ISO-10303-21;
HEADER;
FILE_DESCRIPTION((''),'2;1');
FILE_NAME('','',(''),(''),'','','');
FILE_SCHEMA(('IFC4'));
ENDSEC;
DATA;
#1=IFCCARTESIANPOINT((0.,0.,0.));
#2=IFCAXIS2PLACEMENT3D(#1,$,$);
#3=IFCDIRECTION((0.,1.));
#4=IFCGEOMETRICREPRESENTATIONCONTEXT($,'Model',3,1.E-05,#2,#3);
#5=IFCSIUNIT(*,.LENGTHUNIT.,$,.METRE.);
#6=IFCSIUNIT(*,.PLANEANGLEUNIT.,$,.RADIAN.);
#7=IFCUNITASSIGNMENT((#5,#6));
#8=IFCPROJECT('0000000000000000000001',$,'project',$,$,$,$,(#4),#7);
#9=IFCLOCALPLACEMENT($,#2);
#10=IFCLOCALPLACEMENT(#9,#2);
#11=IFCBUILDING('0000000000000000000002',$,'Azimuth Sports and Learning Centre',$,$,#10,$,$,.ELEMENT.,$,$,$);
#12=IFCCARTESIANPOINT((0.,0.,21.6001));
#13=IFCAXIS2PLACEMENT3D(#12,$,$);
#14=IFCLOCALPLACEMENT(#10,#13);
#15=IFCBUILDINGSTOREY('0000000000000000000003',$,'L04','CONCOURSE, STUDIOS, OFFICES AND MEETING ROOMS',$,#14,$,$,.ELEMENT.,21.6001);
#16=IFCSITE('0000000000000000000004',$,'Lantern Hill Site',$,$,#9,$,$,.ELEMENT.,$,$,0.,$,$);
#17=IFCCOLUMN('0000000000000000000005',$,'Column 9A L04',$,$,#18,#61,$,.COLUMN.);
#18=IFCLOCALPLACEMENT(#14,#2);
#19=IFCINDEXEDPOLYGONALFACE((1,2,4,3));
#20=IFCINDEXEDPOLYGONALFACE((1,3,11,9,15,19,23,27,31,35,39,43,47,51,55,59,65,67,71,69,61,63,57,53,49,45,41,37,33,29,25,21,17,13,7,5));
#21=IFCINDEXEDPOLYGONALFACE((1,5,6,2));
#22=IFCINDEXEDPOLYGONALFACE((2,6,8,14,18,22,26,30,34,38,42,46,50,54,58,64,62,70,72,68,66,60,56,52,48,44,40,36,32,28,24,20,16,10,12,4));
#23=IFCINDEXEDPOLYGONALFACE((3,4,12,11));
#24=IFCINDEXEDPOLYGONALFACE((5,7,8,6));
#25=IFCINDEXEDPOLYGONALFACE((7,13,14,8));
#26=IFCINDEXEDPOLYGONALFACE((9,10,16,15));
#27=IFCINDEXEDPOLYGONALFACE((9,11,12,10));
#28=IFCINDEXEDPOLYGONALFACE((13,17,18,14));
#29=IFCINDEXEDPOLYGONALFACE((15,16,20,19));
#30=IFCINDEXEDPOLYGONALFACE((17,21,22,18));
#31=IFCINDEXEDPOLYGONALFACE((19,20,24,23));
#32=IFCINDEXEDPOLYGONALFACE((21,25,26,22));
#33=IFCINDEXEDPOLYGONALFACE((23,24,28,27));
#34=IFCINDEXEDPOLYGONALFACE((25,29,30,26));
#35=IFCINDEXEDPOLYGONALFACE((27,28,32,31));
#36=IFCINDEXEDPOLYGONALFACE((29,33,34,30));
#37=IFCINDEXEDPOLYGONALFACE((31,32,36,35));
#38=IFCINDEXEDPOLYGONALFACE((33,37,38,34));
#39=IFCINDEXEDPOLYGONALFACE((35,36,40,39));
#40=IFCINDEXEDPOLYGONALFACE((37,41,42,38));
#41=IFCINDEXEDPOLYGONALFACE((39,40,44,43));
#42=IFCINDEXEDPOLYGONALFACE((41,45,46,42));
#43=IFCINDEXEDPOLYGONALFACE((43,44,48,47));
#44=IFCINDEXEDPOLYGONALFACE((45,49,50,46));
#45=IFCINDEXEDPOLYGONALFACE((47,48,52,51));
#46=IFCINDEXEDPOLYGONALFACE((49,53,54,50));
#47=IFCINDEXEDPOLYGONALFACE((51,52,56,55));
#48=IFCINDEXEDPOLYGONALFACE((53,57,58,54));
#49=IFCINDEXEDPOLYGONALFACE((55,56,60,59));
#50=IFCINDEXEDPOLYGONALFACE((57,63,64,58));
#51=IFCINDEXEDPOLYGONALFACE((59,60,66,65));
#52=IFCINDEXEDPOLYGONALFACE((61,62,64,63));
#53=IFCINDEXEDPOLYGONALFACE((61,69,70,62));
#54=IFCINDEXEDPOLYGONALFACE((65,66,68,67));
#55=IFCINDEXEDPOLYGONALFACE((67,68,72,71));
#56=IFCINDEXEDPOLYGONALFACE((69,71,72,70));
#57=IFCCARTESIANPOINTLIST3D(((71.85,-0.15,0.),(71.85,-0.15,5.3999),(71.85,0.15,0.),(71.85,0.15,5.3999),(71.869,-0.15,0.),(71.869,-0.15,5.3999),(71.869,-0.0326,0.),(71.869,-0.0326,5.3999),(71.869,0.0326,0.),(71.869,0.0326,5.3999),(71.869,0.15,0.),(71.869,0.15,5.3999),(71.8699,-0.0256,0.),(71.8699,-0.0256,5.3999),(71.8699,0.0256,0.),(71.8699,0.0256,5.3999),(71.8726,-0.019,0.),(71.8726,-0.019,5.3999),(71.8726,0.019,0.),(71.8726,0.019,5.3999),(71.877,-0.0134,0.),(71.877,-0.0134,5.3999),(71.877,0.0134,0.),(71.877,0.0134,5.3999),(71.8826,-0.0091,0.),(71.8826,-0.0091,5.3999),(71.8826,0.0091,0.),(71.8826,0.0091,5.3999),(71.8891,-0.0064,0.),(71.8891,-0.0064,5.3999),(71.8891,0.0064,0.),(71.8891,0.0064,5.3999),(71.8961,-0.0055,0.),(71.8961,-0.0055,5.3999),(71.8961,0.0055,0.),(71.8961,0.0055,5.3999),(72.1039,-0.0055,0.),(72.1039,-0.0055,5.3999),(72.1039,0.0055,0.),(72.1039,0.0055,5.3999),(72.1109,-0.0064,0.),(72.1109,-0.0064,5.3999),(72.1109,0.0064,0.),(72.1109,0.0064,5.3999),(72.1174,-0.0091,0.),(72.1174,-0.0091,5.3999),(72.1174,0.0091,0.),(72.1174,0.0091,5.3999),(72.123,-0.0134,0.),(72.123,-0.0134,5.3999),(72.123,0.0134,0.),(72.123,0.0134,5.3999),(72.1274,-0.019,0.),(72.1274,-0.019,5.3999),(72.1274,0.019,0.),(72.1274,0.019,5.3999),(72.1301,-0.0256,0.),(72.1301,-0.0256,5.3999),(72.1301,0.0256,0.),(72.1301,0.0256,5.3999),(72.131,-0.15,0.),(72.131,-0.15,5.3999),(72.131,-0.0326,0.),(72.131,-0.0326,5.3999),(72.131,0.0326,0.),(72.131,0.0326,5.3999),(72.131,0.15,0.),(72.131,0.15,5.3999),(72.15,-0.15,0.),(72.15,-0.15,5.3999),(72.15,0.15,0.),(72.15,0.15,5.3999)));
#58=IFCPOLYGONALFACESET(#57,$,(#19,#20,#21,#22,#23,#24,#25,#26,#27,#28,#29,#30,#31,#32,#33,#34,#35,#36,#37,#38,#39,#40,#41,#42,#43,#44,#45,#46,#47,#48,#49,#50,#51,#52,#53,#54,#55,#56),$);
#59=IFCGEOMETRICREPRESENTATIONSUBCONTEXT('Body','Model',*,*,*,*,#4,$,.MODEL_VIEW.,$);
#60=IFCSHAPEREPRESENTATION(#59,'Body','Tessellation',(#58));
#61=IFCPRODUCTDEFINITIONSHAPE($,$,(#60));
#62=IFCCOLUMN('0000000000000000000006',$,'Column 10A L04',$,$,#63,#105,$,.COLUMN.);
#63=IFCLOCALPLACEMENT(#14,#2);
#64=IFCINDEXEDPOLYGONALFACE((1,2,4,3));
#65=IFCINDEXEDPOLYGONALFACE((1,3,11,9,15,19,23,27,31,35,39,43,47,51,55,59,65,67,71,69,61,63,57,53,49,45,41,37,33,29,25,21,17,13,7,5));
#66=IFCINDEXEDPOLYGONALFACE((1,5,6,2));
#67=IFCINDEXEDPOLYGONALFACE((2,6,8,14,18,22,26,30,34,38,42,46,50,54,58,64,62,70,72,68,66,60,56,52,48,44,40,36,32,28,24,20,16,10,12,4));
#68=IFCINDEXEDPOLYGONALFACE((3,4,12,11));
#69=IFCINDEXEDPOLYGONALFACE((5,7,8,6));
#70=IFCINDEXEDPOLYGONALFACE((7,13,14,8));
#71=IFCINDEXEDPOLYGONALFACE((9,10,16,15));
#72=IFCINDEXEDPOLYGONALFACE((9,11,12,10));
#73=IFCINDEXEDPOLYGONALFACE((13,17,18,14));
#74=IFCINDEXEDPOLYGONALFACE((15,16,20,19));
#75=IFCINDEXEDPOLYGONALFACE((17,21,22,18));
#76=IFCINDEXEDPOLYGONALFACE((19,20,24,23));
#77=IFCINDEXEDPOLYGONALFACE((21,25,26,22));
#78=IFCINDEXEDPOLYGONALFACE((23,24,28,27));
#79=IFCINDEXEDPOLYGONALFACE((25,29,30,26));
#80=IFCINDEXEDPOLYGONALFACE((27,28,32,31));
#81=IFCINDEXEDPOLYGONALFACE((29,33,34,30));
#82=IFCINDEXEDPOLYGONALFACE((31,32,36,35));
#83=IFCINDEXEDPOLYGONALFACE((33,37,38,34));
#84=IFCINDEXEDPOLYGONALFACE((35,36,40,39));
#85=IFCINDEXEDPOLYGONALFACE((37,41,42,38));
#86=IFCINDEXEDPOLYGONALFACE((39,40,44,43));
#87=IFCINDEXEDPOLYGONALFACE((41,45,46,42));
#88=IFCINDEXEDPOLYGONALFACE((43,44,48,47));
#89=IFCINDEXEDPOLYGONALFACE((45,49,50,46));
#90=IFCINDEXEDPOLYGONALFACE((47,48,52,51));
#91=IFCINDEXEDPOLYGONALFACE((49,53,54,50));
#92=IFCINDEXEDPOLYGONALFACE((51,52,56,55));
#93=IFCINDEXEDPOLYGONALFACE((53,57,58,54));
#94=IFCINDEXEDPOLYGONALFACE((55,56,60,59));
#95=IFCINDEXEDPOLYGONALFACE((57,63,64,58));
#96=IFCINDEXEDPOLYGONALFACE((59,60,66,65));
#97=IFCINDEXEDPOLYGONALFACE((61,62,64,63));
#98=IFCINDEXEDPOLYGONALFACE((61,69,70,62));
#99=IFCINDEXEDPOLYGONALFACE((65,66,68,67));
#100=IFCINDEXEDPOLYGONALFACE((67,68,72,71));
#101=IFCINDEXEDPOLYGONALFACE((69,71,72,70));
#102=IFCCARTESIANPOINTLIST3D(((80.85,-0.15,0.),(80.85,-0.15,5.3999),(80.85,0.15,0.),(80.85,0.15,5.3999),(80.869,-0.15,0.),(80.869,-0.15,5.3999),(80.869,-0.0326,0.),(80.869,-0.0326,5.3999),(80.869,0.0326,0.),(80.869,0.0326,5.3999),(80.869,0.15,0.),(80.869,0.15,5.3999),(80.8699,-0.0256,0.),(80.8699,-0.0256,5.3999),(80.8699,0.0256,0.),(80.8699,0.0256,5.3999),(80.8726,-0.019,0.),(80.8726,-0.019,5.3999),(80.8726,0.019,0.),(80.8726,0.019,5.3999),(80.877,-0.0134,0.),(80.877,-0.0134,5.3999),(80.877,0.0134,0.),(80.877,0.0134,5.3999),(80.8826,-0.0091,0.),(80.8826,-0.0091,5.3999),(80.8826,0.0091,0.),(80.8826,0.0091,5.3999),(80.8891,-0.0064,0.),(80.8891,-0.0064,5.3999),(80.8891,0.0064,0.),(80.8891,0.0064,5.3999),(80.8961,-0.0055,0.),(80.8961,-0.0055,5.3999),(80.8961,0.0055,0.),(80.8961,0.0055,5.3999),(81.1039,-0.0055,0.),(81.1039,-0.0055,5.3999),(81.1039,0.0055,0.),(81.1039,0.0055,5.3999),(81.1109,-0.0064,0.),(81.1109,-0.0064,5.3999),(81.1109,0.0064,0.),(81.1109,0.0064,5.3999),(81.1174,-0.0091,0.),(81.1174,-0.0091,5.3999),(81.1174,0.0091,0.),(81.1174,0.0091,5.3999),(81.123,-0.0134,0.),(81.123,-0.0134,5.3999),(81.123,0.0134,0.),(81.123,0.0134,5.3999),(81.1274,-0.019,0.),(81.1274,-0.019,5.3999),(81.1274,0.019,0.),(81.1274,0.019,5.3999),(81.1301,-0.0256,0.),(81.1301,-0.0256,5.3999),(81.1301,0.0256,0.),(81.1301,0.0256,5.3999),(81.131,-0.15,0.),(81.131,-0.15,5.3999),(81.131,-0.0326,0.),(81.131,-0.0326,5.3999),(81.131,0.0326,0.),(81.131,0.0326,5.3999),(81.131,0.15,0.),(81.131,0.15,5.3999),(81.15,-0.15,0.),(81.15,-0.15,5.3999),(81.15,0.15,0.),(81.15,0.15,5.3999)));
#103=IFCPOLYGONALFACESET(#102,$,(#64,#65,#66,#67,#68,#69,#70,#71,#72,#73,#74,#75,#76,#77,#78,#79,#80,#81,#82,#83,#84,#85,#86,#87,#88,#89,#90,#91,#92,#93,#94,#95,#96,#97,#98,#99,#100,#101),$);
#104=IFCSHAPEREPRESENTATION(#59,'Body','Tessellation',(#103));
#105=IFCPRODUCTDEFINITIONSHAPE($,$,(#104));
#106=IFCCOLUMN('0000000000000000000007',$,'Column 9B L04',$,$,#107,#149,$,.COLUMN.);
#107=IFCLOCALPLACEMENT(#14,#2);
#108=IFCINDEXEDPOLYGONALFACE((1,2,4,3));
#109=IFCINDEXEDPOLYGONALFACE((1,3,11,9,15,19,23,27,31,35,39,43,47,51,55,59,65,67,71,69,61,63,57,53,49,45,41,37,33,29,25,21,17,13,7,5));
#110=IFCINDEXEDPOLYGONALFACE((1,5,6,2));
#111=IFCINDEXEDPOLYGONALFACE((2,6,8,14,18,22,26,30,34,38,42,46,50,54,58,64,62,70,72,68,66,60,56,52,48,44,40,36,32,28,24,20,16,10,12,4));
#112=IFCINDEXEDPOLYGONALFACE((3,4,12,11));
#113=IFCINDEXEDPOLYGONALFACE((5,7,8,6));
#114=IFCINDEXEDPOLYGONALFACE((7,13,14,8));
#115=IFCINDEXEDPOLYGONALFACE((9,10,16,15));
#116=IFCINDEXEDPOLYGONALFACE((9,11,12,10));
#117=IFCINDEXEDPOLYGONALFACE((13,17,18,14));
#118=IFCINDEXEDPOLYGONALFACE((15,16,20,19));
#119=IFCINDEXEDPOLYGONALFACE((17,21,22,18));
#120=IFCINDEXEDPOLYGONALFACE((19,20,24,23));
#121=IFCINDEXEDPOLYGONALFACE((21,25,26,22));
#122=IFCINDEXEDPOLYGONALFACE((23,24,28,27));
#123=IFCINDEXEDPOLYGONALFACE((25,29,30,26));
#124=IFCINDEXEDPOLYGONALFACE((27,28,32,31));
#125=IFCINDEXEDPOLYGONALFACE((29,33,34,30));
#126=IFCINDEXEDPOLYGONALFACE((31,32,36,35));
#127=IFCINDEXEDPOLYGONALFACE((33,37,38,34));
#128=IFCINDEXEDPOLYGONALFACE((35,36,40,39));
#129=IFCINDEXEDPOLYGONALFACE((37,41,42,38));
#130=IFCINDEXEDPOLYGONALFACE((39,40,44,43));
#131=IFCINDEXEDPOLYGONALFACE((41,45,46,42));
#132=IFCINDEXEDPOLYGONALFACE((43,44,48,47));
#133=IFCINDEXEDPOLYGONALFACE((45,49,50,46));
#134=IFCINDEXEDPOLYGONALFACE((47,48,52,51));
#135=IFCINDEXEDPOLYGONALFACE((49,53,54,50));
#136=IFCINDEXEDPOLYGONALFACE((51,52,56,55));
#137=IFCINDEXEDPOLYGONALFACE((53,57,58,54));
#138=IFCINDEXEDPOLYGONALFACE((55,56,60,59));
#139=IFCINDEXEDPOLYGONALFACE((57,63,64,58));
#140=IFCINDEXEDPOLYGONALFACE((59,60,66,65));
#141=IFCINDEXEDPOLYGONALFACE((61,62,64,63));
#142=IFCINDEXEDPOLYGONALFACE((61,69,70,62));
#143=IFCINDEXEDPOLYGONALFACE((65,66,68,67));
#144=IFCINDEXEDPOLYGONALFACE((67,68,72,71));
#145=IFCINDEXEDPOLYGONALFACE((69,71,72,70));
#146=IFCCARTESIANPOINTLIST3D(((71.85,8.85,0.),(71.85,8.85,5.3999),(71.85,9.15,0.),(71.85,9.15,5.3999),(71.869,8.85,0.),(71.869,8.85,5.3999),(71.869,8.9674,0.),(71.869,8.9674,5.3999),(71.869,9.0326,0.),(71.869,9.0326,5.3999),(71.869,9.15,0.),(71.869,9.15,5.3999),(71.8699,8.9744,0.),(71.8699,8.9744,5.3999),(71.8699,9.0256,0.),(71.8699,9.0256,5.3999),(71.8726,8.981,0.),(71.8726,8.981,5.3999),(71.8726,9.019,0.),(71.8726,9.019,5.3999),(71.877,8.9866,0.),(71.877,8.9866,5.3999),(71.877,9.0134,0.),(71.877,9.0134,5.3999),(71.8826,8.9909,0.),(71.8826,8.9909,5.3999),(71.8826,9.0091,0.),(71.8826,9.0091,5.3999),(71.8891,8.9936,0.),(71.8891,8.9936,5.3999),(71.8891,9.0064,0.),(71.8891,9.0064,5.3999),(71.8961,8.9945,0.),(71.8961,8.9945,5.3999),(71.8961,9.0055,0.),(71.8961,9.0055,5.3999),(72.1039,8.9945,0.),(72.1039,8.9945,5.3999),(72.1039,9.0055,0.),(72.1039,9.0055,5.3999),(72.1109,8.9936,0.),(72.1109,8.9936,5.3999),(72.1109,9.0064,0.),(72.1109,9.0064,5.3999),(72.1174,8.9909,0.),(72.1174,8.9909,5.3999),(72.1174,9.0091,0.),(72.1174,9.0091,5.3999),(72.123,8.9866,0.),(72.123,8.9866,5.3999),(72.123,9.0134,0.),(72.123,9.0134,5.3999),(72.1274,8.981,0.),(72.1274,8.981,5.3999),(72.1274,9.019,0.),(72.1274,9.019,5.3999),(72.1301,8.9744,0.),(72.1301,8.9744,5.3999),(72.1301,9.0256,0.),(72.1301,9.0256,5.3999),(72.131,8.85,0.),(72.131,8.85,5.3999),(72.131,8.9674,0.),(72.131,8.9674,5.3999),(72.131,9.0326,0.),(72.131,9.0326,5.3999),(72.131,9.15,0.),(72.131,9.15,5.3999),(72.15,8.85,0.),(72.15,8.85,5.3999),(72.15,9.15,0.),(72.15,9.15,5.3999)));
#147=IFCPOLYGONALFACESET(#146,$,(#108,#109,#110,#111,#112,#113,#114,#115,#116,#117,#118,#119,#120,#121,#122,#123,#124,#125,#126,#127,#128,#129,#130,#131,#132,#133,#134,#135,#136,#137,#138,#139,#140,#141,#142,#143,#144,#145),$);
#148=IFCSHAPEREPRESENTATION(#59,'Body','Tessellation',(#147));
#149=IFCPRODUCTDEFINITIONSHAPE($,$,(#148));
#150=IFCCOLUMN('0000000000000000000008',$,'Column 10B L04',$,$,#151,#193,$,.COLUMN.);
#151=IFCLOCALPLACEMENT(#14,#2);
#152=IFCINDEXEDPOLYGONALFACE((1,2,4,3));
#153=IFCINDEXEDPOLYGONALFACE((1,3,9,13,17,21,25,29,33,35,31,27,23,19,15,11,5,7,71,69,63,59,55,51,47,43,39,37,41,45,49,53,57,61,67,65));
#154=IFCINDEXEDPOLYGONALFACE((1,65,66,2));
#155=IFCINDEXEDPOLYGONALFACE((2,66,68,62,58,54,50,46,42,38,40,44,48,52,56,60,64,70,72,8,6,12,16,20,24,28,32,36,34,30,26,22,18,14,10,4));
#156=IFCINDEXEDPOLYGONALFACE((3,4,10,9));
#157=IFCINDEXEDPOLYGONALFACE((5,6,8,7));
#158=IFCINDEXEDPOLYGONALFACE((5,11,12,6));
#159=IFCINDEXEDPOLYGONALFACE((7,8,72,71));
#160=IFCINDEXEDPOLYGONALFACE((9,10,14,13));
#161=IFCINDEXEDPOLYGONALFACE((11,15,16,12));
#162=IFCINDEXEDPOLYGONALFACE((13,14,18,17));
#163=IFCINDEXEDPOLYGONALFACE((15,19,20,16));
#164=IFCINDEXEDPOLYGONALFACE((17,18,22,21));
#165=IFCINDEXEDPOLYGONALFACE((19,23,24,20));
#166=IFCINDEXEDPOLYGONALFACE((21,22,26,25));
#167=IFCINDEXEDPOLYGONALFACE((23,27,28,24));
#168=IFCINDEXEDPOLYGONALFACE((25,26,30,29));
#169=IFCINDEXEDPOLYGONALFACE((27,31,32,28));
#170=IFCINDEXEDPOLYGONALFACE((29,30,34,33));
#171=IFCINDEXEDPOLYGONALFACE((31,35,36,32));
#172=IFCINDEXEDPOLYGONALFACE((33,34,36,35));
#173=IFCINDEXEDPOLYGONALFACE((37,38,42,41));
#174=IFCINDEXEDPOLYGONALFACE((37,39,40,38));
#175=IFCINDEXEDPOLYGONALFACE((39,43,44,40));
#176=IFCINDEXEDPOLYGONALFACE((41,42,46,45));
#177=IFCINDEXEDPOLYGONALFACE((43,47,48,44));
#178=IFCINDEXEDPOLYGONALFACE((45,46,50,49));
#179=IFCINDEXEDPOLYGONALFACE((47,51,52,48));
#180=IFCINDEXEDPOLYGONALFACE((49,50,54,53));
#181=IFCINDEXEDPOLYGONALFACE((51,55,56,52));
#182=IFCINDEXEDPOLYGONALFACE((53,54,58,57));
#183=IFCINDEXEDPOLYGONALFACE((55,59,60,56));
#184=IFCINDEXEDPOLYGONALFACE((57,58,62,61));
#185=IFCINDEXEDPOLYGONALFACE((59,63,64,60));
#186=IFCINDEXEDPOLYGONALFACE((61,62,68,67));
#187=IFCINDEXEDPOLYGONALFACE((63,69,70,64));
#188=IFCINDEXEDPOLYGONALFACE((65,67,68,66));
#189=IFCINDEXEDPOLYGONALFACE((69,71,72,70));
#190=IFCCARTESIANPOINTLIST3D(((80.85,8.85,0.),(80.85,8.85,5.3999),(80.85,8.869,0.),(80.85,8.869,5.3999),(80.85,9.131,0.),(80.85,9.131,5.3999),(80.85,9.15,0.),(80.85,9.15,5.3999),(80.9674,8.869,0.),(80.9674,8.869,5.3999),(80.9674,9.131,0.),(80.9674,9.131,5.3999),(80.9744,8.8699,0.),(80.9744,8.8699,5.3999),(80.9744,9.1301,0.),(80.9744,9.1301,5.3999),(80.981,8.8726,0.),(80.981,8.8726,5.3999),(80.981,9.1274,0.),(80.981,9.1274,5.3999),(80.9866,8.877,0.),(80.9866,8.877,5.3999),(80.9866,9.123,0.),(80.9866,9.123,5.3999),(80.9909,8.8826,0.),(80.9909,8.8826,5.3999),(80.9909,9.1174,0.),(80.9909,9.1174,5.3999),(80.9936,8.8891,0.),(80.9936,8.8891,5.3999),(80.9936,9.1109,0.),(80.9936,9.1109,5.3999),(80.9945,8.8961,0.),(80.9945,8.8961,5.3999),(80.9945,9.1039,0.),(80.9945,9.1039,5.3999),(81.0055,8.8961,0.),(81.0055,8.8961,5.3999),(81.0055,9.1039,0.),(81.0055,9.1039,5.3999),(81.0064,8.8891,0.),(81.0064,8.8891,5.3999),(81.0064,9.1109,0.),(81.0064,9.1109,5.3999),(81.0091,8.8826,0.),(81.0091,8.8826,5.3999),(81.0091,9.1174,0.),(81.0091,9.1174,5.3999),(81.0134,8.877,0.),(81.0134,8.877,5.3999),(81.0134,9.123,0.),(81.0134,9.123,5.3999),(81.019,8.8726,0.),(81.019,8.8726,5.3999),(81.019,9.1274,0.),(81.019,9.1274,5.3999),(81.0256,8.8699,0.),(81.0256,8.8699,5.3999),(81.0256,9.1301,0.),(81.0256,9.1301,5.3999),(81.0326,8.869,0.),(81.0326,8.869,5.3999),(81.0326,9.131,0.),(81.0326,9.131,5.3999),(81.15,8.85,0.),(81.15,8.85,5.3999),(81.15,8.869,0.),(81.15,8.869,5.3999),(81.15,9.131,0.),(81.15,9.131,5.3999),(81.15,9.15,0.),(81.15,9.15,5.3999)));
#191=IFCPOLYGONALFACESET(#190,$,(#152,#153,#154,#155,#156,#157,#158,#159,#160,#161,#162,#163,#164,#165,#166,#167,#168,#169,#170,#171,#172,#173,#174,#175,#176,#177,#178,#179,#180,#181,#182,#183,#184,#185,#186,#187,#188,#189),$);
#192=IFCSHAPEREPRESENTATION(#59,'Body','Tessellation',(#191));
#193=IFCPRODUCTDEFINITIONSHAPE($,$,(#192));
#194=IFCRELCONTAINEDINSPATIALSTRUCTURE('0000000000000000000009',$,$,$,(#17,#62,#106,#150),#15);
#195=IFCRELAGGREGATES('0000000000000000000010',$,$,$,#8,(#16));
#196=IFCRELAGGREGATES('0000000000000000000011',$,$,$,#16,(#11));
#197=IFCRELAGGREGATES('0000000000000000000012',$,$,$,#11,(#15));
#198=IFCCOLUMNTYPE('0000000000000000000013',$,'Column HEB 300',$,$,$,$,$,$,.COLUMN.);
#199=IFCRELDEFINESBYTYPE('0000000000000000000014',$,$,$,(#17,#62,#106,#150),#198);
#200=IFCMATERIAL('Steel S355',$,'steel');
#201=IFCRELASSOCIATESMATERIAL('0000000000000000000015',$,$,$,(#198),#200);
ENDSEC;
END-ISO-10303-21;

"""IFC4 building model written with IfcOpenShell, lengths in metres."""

from ifc_helpers import new_model, si_unit, direction, frame, origin, origin_2d, place, context, subcontext, project, spatial, i_section, extrude, material, material_profile, profile_set, type_object, element, save


model = new_model("IFC4")

# Units and contexts
model_context = context("Model", 3, precision=1e-05, world=origin(), true_north=direction((0.0, 1.0)))
body_context = subcontext(model_context, "Body", "Model", "MODEL_VIEW")
ifc_project = project(units=[si_unit("LENGTHUNIT", "METRE"), si_unit("PLANEANGLEUNIT", "RADIAN")], contexts=[model_context])

# Site, building, storey
site_placement = place(None, origin())
site = spatial("IfcSite", under=ifc_project, at=site_placement, Name="Lantern Hill Site", CompositionType="ELEMENT", RefElevation=0.0)
building_placement = place(site_placement, origin())
building = spatial("IfcBuilding", under=site, at=building_placement, Name="Azimuth Sports and Learning Centre", CompositionType="ELEMENT")
storey_placement = place(building_placement, frame((0.0, 0.0, 21.6001)))
storey = spatial("IfcBuildingStorey", under=building, at=storey_placement, Name="L04", Description="CONCOURSE, STUDIOS, OFFICES AND MEETING ROOMS", CompositionType="ELEMENT", Elevation=21.6001)

# Columns
ifc_material_1 = material(Name="Steel S355", Category="steel")
ifc_material_profile_1 = material_profile(ifc_material_1, i_section(OverallWidth=0.3, OverallDepth=0.3, WebThickness=0.011, FlangeThickness=0.019, FilletRadius=0.0271, at=origin_2d()), Name="HEB 300")
ifc_profile_set_1 = profile_set([ifc_material_profile_1], Name="Steel S355")
column_type = type_object("IfcColumnType", Name="Column HEB 300", PredefinedType="COLUMN", material=ifc_profile_set_1)
for number, where, z_axis, x_axis, name in (
    (1, (72.0, 0.0, 0.0), (0.0, 0.0, 1.0), (0.0, 1.0, 0.0), "Column 9A L04"),
    (2, (81.0, 0.0, 0.0), (0.0, 0.0, 1.0), (0.0, 1.0, 0.0), "Column 10A L04"),
    (3, (72.0, 9.0, 0.0), (0.0, 0.0, 1.0), (0.0, 1.0, 0.0), "Column 9B L04"),
    (4, (81.0, 9.0, 0.0), (0.0, 0.0, 1.0), (1.0, 0.0, 0.0), "Column 10B L04"),
):
    element("IfcColumn", number, at=place(storey_placement, frame(where, z_axis=z_axis, x_axis=x_axis)), inside=storey, type_object=column_type, Name=name, PredefinedType="COLUMN", context=body_context, shape_type="SweptSolid", body=[
        extrude(i_section(OverallWidth=0.3, OverallDepth=0.3, WebThickness=0.011, FlangeThickness=0.019, FilletRadius=0.0271, at=origin_2d()), origin(), (0.0, 0.0, 1.0), 5.3999),
    ])

save(model, "model.ifc")
